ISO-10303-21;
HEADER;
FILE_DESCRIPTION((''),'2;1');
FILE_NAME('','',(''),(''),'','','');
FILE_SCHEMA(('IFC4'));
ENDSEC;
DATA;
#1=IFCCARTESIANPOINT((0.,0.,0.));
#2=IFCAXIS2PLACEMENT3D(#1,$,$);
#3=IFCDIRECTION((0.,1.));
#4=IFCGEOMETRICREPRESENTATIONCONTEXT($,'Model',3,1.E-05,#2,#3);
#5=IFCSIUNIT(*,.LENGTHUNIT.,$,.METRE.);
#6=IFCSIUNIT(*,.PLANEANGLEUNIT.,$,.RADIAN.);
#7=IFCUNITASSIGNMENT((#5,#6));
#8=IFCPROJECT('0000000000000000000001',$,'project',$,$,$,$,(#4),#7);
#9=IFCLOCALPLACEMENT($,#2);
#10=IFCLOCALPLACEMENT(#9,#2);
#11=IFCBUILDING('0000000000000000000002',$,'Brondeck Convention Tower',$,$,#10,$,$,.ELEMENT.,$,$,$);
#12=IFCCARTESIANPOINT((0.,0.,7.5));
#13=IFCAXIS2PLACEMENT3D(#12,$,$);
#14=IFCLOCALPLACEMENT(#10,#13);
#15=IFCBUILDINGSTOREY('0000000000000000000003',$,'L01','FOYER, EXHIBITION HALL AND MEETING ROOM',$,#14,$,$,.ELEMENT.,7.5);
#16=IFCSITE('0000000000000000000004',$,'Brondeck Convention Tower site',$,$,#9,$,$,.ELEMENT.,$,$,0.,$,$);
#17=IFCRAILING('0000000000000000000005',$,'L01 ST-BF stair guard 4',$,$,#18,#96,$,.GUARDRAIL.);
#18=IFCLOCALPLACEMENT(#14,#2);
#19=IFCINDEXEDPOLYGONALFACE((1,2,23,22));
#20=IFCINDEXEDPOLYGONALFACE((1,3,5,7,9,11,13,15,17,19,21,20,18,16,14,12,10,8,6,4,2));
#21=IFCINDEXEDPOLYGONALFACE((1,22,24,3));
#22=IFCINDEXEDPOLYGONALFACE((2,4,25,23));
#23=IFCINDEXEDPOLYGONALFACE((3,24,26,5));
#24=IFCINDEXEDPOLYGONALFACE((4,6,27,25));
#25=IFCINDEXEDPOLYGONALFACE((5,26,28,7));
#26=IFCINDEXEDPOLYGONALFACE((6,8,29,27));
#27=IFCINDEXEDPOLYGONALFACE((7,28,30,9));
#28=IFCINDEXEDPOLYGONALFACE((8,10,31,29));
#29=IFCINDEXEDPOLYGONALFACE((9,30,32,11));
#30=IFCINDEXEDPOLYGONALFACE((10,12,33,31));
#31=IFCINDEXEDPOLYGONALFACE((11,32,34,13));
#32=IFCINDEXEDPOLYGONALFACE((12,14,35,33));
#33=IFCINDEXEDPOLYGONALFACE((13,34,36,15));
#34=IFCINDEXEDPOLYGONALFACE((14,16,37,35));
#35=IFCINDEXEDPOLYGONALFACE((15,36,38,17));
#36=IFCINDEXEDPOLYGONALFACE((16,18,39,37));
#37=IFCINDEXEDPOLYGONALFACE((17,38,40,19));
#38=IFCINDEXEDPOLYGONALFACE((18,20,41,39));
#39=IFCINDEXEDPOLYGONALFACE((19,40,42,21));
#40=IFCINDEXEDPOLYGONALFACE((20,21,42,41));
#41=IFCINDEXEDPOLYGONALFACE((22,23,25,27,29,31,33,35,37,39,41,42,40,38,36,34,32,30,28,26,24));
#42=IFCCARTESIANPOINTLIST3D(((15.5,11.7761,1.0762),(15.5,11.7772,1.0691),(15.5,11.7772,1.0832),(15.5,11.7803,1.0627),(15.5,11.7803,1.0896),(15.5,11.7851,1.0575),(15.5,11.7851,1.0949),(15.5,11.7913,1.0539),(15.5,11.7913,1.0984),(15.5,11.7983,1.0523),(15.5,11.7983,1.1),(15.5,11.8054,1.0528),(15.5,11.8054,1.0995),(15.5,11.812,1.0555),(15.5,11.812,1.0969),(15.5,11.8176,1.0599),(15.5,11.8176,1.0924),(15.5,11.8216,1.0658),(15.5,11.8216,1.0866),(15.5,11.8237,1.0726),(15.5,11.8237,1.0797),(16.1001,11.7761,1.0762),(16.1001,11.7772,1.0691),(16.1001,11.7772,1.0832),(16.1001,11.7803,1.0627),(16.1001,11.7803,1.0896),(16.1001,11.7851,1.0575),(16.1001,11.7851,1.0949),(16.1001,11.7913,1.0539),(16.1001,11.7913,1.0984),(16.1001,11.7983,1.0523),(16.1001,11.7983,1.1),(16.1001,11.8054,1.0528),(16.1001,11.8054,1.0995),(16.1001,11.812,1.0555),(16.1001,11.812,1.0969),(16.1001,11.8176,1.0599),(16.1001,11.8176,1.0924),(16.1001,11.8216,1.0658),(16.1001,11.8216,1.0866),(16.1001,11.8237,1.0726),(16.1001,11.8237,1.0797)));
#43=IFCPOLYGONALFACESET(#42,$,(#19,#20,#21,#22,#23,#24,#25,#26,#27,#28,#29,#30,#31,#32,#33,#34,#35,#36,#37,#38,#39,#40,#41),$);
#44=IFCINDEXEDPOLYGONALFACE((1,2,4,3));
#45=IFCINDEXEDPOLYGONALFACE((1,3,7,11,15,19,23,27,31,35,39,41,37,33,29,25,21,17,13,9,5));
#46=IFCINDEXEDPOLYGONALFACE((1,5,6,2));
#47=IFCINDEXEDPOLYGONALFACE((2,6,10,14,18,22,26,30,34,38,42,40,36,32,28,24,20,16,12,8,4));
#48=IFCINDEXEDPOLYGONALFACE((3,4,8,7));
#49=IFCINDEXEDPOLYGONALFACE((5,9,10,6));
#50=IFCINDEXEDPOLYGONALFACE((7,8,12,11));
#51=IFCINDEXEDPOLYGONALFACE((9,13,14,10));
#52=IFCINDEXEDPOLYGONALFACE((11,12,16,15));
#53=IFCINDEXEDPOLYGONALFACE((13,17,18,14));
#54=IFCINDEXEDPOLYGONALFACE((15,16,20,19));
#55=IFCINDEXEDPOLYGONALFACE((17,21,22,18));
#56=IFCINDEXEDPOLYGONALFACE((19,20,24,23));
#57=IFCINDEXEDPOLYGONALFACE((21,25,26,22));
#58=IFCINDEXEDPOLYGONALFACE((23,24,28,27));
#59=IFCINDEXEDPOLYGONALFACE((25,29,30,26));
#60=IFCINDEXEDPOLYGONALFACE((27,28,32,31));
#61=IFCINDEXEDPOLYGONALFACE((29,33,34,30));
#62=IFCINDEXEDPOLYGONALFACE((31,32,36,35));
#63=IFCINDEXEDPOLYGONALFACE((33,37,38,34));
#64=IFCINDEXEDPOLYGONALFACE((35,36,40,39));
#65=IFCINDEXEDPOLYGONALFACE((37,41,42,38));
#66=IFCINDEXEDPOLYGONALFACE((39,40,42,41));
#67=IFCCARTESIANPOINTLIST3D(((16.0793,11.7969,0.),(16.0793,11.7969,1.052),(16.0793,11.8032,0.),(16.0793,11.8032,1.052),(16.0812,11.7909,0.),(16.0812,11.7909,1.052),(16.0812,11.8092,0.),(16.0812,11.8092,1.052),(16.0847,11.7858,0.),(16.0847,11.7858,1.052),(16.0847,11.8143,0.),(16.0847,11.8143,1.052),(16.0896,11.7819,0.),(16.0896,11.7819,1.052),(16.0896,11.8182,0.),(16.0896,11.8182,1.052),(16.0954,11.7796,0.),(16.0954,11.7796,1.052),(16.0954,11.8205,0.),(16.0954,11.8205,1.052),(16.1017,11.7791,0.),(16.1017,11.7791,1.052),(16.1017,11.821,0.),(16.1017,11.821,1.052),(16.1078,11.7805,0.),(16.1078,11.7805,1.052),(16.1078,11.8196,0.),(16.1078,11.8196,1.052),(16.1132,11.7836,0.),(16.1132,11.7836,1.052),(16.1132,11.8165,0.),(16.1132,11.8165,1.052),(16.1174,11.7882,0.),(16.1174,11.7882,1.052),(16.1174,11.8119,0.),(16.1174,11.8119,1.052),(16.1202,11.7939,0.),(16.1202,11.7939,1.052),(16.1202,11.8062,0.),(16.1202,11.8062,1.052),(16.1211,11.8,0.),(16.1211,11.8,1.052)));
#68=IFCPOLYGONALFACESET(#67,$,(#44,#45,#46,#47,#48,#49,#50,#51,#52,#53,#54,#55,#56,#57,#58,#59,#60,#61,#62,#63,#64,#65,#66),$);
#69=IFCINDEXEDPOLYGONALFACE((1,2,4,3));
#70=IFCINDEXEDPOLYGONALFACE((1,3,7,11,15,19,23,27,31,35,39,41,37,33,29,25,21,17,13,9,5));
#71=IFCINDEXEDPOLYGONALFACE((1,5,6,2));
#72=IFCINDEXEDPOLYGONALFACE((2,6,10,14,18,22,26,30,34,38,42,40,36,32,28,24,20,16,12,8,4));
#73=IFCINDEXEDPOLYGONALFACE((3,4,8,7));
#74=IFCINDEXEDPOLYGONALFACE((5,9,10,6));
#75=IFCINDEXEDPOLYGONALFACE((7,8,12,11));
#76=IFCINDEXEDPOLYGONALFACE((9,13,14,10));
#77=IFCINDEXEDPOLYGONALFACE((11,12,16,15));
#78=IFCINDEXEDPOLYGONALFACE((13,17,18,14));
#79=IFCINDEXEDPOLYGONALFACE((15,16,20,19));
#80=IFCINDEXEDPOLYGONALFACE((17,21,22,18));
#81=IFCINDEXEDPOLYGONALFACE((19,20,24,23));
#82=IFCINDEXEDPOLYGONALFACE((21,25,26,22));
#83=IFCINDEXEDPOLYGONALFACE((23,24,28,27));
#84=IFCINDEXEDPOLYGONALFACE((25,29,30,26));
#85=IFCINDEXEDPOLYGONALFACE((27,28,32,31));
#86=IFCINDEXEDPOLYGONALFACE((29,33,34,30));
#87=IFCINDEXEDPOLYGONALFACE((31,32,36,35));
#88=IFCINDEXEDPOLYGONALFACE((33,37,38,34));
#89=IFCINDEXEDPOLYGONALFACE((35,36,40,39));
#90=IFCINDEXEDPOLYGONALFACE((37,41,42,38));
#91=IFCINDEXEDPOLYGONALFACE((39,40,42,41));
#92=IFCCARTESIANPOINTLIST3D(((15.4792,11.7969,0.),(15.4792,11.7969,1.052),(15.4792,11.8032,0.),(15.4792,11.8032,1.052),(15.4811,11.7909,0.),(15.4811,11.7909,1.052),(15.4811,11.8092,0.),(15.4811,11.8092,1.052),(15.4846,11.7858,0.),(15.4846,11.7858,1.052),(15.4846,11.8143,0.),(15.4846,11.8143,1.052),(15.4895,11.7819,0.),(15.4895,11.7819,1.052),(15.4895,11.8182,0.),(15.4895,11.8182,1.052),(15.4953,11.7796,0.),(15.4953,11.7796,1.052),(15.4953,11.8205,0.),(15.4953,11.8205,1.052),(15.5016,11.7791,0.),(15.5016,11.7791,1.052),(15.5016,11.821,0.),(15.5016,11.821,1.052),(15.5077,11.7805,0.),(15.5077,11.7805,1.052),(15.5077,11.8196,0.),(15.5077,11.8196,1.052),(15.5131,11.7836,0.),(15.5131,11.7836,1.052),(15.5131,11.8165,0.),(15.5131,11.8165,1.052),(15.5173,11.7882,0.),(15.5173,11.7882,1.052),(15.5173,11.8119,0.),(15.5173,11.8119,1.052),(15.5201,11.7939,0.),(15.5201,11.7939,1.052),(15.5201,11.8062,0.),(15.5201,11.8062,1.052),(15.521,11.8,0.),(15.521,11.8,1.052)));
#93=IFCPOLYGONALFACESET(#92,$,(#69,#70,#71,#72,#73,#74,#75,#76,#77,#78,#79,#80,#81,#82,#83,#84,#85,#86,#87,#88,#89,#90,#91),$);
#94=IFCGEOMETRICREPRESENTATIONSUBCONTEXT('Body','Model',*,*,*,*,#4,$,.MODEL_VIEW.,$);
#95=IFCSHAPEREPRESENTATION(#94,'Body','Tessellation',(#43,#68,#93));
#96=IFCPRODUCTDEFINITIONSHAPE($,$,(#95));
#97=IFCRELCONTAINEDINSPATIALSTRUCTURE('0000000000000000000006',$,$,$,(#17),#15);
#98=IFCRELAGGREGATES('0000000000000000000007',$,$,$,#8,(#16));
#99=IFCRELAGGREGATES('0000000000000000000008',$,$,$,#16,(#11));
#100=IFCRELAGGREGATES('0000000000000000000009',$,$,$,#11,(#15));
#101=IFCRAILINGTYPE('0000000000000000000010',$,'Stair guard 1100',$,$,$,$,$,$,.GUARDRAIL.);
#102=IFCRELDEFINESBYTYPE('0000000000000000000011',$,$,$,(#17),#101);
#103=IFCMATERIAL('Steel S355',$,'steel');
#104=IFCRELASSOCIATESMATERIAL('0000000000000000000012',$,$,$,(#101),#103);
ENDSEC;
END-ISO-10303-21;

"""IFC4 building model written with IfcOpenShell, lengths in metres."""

from ifc_helpers import new_model, si_unit, direction, frame, origin, origin_2d, place, context, subcontext, project, spatial, circle, extrude, material, type_object, element, save


model = new_model("IFC4")

# Units and contexts
model_context = context("Model", 3, precision=1e-05, world=origin(), true_north=direction((0.0, 1.0)))
body_context = subcontext(model_context, "Body", "Model", "MODEL_VIEW")
ifc_project = project(units=[si_unit("LENGTHUNIT", "METRE"), si_unit("PLANEANGLEUNIT", "RADIAN")], contexts=[model_context])

# Site, building, storey
site_placement = place(None, origin())
site = spatial("IfcSite", under=ifc_project, at=site_placement, Name="Brondeck Convention Tower site", CompositionType="ELEMENT", RefElevation=0.0)
building_placement = place(site_placement, origin())
building = spatial("IfcBuilding", under=site, at=building_placement, Name="Brondeck Convention Tower", CompositionType="ELEMENT")
storey_placement = place(building_placement, frame((0.0, 0.0, 7.5)))
storey = spatial("IfcBuildingStorey", under=building, at=storey_placement, Name="L01", Description="FOYER, EXHIBITION HALL AND MEETING ROOM", CompositionType="ELEMENT", Elevation=7.5)

# Shared definitions
ifc_material_1 = material(Name="Steel S355", Category="steel")

# Railing
railing_type_1 = type_object("IfcRailingType", Name="Stair guard 1100", PredefinedType="GUARDRAIL", material=ifc_material_1)
railing_1_placement = place(storey_placement, frame((16.1001, 11.8, 0.0)))
element("IfcRailing", 1, at=railing_1_placement, inside=storey, type_object=railing_type_1, Name="L01 ST-BF stair guard 4", PredefinedType="GUARDRAIL", context=body_context, shape_type="SweptSolid", body=[
    extrude(circle(Radius=0.0239, at=origin_2d()), frame((0.0, 0.0, 1.0762), z_axis=(-1.0, 0.0, 0.0), x_axis=(0.0, -1.0, 0.0)), (0.0, 0.0, 1.0), 0.6001),
    extrude(circle(Radius=0.021, at=origin_2d()), origin(), (0.0, 0.0, 1.0), 1.052),
    extrude(circle(Radius=0.021, at=origin_2d()), frame((-0.6001, 0.0, 0.0)), (0.0, 0.0, 1.0), 1.052),
])

save(model, "model.ifc")
